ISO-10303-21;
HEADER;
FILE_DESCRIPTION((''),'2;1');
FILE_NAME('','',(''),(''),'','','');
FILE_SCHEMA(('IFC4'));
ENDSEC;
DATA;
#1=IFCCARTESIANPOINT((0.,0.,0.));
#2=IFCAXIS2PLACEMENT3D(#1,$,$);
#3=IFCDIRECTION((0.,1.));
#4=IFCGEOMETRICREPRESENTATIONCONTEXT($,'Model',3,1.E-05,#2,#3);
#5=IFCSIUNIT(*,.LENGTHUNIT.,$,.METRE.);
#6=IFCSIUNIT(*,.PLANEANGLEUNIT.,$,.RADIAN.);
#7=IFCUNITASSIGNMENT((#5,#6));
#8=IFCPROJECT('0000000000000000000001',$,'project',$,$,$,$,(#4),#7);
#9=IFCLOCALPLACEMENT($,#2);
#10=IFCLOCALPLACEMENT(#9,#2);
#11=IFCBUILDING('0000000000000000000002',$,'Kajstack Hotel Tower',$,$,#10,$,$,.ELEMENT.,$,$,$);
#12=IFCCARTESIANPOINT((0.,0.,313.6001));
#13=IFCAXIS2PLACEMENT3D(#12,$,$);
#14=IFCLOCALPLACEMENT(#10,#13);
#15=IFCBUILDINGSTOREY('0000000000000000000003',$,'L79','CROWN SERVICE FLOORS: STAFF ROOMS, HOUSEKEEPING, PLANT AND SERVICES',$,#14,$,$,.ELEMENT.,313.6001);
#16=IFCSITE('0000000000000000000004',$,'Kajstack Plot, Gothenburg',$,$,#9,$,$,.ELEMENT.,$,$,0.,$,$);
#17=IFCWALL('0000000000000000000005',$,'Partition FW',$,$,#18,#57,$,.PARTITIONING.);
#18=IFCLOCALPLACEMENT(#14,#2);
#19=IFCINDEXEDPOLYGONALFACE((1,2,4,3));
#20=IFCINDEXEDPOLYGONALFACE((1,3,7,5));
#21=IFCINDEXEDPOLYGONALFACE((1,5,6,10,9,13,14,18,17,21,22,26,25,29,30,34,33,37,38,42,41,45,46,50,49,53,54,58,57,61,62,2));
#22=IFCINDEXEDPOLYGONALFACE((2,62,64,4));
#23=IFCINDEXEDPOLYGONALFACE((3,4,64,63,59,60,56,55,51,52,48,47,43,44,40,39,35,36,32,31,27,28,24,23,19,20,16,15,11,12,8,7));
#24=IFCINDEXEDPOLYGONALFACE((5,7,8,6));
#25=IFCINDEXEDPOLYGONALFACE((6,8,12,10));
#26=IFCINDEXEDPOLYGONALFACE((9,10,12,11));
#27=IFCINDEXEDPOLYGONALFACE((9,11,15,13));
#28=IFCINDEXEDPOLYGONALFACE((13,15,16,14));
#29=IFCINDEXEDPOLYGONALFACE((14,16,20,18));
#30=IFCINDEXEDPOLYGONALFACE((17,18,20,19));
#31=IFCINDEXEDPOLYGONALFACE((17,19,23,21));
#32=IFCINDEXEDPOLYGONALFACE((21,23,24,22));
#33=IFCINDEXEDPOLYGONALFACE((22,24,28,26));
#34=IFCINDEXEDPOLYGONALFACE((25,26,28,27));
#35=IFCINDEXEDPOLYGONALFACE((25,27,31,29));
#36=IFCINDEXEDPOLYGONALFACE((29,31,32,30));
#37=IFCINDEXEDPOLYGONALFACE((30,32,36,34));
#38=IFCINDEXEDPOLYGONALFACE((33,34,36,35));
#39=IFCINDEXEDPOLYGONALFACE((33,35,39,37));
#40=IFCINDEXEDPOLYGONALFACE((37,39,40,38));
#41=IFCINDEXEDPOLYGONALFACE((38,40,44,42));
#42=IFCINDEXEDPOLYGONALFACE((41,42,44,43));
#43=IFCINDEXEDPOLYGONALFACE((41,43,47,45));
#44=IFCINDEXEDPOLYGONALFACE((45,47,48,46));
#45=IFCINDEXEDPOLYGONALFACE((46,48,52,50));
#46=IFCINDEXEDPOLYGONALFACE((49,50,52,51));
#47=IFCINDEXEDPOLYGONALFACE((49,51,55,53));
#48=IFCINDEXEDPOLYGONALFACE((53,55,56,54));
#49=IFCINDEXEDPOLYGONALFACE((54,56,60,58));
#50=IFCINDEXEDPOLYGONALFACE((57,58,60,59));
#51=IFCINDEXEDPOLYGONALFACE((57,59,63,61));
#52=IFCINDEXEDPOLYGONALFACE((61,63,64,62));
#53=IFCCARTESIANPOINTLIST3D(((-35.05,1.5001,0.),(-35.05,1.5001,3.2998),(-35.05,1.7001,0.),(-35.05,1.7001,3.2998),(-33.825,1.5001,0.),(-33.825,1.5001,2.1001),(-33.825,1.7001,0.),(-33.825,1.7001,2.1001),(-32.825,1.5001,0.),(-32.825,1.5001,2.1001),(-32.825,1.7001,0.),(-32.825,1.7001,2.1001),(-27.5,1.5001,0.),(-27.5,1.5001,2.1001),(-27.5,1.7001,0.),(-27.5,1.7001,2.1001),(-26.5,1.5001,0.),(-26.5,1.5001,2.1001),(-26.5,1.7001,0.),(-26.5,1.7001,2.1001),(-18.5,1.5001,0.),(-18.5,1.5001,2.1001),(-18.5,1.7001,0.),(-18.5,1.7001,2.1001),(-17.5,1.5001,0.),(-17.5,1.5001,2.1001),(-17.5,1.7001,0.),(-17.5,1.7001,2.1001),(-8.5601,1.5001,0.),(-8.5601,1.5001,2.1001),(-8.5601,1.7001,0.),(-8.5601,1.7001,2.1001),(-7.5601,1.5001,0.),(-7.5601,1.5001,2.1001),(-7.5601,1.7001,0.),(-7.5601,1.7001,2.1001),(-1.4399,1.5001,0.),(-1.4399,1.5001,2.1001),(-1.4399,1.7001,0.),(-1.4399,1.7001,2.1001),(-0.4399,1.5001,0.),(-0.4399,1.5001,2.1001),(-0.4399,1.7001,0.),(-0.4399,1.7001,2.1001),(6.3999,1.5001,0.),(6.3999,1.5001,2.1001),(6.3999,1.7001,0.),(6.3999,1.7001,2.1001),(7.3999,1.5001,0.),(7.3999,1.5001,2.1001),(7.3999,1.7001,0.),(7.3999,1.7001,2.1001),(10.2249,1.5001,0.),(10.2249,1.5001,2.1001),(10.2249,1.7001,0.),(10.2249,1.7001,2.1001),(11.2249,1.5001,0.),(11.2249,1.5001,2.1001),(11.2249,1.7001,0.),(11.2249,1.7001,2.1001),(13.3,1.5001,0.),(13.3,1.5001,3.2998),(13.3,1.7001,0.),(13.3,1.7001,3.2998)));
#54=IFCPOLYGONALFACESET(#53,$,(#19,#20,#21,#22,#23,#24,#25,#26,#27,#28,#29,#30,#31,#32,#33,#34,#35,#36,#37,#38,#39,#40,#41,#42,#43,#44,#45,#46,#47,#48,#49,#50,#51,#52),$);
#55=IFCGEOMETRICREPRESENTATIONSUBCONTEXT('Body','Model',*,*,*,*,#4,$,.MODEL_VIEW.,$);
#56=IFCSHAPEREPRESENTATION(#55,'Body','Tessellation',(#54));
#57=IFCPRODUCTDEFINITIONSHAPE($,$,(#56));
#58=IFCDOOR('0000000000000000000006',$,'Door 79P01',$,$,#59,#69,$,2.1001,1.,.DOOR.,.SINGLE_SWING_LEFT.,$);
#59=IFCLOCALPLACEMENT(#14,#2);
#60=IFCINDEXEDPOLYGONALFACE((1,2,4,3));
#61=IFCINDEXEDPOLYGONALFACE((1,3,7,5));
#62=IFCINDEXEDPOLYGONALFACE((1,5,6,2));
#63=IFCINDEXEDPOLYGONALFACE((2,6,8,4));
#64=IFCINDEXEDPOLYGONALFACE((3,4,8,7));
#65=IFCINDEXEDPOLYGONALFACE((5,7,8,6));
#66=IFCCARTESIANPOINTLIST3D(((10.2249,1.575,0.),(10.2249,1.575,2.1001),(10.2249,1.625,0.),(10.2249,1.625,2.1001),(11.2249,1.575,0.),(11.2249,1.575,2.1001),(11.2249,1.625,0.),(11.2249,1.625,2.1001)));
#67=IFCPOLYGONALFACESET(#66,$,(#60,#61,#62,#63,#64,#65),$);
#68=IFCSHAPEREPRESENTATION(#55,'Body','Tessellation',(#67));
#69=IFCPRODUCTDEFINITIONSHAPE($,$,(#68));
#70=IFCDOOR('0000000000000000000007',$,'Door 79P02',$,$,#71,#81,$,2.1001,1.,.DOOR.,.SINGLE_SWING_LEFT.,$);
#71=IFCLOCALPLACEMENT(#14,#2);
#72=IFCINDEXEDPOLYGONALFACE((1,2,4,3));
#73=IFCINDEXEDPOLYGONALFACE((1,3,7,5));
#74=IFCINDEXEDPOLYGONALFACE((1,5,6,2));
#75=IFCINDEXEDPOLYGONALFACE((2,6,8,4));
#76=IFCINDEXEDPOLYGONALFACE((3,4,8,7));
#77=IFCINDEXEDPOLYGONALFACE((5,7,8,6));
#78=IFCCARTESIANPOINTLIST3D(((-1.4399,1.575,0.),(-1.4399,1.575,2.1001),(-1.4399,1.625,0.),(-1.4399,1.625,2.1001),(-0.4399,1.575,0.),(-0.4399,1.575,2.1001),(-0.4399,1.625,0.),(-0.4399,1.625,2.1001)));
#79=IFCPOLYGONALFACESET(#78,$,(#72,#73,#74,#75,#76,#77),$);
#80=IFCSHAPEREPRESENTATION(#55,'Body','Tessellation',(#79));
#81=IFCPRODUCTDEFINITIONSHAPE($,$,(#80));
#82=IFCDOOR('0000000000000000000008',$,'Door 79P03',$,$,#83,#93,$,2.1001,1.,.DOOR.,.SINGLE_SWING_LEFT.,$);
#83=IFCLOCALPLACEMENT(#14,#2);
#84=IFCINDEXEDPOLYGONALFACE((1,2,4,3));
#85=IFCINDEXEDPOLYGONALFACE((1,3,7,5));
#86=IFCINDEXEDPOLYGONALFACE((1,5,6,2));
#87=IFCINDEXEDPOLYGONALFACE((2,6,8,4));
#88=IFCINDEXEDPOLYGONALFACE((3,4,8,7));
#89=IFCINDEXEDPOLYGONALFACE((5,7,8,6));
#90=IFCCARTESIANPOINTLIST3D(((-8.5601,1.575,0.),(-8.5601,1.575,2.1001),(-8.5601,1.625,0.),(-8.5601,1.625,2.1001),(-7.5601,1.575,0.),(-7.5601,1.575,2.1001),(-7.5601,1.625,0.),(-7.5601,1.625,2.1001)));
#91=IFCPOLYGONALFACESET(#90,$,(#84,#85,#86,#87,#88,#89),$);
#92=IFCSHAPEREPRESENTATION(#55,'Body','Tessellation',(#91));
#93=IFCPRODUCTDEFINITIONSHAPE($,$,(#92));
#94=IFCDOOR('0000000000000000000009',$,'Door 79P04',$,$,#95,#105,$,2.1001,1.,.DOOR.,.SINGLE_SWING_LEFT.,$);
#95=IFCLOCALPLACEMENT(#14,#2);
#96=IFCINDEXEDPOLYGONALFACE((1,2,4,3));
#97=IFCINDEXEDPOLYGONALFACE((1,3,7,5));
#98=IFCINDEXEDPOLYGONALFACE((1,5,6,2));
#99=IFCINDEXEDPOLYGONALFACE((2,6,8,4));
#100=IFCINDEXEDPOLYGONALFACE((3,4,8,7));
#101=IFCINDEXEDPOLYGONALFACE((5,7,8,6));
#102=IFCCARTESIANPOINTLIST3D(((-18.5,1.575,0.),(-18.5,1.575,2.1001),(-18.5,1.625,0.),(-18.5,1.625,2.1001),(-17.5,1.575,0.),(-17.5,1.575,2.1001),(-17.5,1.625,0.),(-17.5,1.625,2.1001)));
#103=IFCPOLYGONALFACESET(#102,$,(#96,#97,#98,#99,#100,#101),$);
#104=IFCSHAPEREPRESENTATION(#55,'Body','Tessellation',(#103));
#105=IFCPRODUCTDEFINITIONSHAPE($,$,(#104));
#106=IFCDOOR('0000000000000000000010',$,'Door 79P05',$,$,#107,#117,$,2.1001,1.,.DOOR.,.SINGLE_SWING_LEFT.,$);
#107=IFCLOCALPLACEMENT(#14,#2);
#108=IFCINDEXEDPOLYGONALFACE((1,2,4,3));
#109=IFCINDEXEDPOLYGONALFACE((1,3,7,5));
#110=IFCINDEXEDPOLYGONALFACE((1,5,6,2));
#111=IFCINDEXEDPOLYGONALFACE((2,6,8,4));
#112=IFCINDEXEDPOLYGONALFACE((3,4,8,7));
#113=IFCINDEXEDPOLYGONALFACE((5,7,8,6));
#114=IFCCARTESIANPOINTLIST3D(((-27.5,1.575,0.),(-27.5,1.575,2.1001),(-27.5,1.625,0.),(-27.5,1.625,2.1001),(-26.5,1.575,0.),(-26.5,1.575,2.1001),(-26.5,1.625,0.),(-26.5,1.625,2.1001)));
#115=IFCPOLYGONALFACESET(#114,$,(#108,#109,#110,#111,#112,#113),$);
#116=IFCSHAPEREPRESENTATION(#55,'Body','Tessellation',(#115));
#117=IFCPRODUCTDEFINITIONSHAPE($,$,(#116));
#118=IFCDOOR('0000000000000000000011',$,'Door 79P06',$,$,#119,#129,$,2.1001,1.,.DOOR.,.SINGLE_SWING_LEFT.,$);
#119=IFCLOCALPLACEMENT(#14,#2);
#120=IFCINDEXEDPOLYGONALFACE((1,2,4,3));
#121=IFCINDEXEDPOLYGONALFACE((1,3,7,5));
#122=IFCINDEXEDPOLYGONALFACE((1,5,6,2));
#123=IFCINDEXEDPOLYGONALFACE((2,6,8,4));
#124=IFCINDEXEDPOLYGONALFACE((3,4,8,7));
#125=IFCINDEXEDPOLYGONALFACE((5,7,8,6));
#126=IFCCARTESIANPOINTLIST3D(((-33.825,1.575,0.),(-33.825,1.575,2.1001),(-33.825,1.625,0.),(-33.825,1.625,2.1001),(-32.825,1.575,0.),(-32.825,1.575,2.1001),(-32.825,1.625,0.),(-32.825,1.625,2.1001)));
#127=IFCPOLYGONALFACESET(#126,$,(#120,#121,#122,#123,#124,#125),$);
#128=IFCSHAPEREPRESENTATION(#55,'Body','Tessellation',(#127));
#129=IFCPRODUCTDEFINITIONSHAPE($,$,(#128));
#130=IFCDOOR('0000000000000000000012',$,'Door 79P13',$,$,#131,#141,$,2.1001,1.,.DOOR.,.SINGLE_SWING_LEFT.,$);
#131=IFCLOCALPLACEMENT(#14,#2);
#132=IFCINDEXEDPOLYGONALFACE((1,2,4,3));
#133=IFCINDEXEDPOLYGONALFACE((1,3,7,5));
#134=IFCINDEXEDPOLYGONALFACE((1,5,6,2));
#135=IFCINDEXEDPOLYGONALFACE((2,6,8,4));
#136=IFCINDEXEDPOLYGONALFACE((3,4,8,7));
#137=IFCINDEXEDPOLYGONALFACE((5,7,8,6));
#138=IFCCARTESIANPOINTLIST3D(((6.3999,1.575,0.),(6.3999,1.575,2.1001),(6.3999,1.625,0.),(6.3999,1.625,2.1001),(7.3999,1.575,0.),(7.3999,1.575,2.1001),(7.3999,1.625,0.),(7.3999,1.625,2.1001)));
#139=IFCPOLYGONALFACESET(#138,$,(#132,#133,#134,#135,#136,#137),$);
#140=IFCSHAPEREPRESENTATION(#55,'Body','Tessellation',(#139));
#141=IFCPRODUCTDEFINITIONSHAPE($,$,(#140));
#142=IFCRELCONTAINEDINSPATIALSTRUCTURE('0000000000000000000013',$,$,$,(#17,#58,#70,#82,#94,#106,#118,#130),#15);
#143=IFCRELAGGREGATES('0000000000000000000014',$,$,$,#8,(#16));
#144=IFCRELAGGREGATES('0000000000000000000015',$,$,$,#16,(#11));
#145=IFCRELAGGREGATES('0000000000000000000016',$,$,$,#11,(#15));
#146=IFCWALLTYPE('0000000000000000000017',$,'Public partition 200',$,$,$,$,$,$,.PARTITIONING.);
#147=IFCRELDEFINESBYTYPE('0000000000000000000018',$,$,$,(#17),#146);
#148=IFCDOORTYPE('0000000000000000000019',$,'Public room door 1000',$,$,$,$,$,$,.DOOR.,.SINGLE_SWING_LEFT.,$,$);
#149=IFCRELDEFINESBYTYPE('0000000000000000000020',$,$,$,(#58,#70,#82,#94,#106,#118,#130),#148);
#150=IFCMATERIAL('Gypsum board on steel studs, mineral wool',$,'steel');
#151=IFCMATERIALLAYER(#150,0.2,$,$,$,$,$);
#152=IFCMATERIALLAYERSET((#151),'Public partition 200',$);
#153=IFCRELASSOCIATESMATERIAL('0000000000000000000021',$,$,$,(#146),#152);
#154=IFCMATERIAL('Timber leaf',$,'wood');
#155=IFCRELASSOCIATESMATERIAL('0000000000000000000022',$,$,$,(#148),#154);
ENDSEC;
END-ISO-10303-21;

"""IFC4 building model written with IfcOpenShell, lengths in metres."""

from ifc_helpers import new_model, si_unit, direction, frame, frame_2d, origin, place, context, subcontext, project, spatial, rectangle, extrude, material, layer, layer_set, type_object, element, fill, save


model = new_model("IFC4")

# Units and contexts
model_context = context("Model", 3, precision=1e-05, world=origin(), true_north=direction((0.0, 1.0)))
body_context = subcontext(model_context, "Body", "Model", "MODEL_VIEW")
ifc_project = project(units=[si_unit("LENGTHUNIT", "METRE"), si_unit("PLANEANGLEUNIT", "RADIAN")], contexts=[model_context])

# Site, building, storey
site_placement = place(None, origin())
site = spatial("IfcSite", under=ifc_project, at=site_placement, Name="Kajstack Plot, Gothenburg", CompositionType="ELEMENT", RefElevation=0.0)
building_placement = place(site_placement, origin())
building = spatial("IfcBuilding", under=site, at=building_placement, Name="Kajstack Hotel Tower", CompositionType="ELEMENT")
storey_placement = place(building_placement, frame((0.0, 0.0, 313.6001)))
storey = spatial("IfcBuildingStorey", under=building, at=storey_placement, Name="L79", Description="CROWN SERVICE FLOORS: STAFF ROOMS, HOUSEKEEPING, PLANT AND SERVICES", CompositionType="ELEMENT", Elevation=313.6001)

# Shared definitions
ifc_material_1 = material(Name="Gypsum board on steel studs, mineral wool", Category="steel")
ifc_layer_1 = layer(ifc_material_1, 0.2)
ifc_layer_set_1 = layer_set([ifc_layer_1], Name="Public partition 200")
wall_type_1 = type_object("IfcWallType", Name="Public partition 200", PredefinedType="PARTITIONING", material=ifc_layer_set_1)

# Wall, openings, doors
wall_1_placement = place(storey_placement, frame((-35.05, 1.6001, 0.0), z_axis=(0.0, 0.0, 1.0), x_axis=(1.0, 0.0, 0.0)))
wall_1 = element("IfcWall", 1, at=wall_1_placement, inside=storey, type_object=wall_type_1, Name="Partition FW", PredefinedType="PARTITIONING", context=body_context, shape_type="SweptSolid", body=[
    extrude(rectangle(XDim=48.3501, YDim=0.2, at=frame_2d((24.175, 0.0))), origin(), (0.0, 0.0, 1.0), 3.2998),
])
opening_1_placement = place(wall_1_placement, frame((45.2749, 0.0, 0.0)))
opening_1 = element("IfcOpeningElement", 2, at=opening_1_placement, cuts=wall_1, PredefinedType="OPENING", context=body_context, shape_type="SweptSolid", body=[
    extrude(rectangle(XDim=1.0, YDim=2.1001, at=frame_2d((0.5, 1.05))), frame((0.0, 0.1099, 0.0), z_axis=(0.0, -1.0, 0.0), x_axis=(1.0, 0.0, 0.0)), (0.0, 0.0, 1.0), 0.22),
])
opening_2_placement = place(wall_1_placement, frame((33.6101, 0.0, 0.0)))
opening_2 = element("IfcOpeningElement", 3, at=opening_2_placement, cuts=wall_1, PredefinedType="OPENING", context=body_context, shape_type="SweptSolid", body=[
    extrude(rectangle(XDim=1.0, YDim=2.1001, at=frame_2d((0.5, 1.05))), frame((0.0, 0.1099, 0.0), z_axis=(0.0, -1.0, 0.0), x_axis=(1.0, 0.0, 0.0)), (0.0, 0.0, 1.0), 0.22),
])
opening_3_placement = place(wall_1_placement, frame((26.49, 0.0, 0.0)))
opening_3 = element("IfcOpeningElement", 4, at=opening_3_placement, cuts=wall_1, PredefinedType="OPENING", context=body_context, shape_type="SweptSolid", body=[
    extrude(rectangle(XDim=1.0, YDim=2.1001, at=frame_2d((0.5, 1.05))), frame((0.0, 0.1099, 0.0), z_axis=(0.0, -1.0, 0.0), x_axis=(1.0, 0.0, 0.0)), (0.0, 0.0, 1.0), 0.22),
])
opening_4_placement = place(wall_1_placement, frame((16.55, 0.0, 0.0)))
opening_4 = element("IfcOpeningElement", 5, at=opening_4_placement, cuts=wall_1, PredefinedType="OPENING", context=body_context, shape_type="SweptSolid", body=[
    extrude(rectangle(XDim=1.0, YDim=2.1001, at=frame_2d((0.5, 1.05))), frame((0.0, 0.1099, 0.0), z_axis=(0.0, -1.0, 0.0), x_axis=(1.0, 0.0, 0.0)), (0.0, 0.0, 1.0), 0.22),
])
opening_5_placement = place(wall_1_placement, frame((7.55, 0.0, 0.0)))
opening_5 = element("IfcOpeningElement", 6, at=opening_5_placement, cuts=wall_1, PredefinedType="OPENING", context=body_context, shape_type="SweptSolid", body=[
    extrude(rectangle(XDim=1.0, YDim=2.1001, at=frame_2d((0.5, 1.05))), frame((0.0, 0.1099, 0.0), z_axis=(0.0, -1.0, 0.0), x_axis=(1.0, 0.0, 0.0)), (0.0, 0.0, 1.0), 0.22),
])
opening_6_placement = place(wall_1_placement, frame((1.2251, 0.0, 0.0)))
opening_6 = element("IfcOpeningElement", 7, at=opening_6_placement, cuts=wall_1, PredefinedType="OPENING", context=body_context, shape_type="SweptSolid", body=[
    extrude(rectangle(XDim=1.0, YDim=2.1001, at=frame_2d((0.5, 1.05))), frame((0.0, 0.1099, 0.0), z_axis=(0.0, -1.0, 0.0), x_axis=(1.0, 0.0, 0.0)), (0.0, 0.0, 1.0), 0.22),
])
opening_7_placement = place(wall_1_placement, frame((41.45, 0.0, 0.0)))
opening_7 = element("IfcOpeningElement", 8, at=opening_7_placement, cuts=wall_1, PredefinedType="OPENING", context=body_context, shape_type="SweptSolid", body=[
    extrude(rectangle(XDim=1.0, YDim=2.1001, at=frame_2d((0.5, 1.05))), frame((0.0, 0.1099, 0.0), z_axis=(0.0, -1.0, 0.0), x_axis=(1.0, 0.0, 0.0)), (0.0, 0.0, 1.0), 0.22),
])
ifc_material_2 = material(Name="Timber leaf", Category="wood")
door_type_1 = type_object("IfcDoorType", Name="Public room door 1000", OperationType="SINGLE_SWING_LEFT", PredefinedType="DOOR", material=ifc_material_2)
door_1_placement = place(opening_1_placement, origin())
door_1 = element("IfcDoor", 9, at=door_1_placement, inside=storey, type_object=door_type_1, Name="Door 79P01", OperationType="SINGLE_SWING_LEFT", OverallHeight=2.1001, OverallWidth=1.0, PredefinedType="DOOR", context=body_context, shape_type="SweptSolid", body=[
    extrude(rectangle(XDim=1.0, YDim=2.1001, at=frame_2d((0.5, 1.05))), frame((0.0, 0.0249, 0.0), z_axis=(0.0, -1.0, 0.0), x_axis=(1.0, 0.0, 0.0)), (0.0, 0.0, 1.0), 0.05),
])
fill(opening_1, door_1)
door_2_placement = place(opening_2_placement, origin())
door_2 = element("IfcDoor", 10, at=door_2_placement, inside=storey, type_object=door_type_1, Name="Door 79P02", OperationType="SINGLE_SWING_LEFT", OverallHeight=2.1001, OverallWidth=1.0, PredefinedType="DOOR", context=body_context, shape_type="SweptSolid", body=[
    extrude(rectangle(XDim=1.0, YDim=2.1001, at=frame_2d((0.5, 1.05))), frame((0.0, 0.0249, 0.0), z_axis=(0.0, -1.0, 0.0), x_axis=(1.0, 0.0, 0.0)), (0.0, 0.0, 1.0), 0.05),
])
fill(opening_2, door_2)
door_3_placement = place(opening_3_placement, origin())
door_3 = element("IfcDoor", 11, at=door_3_placement, inside=storey, type_object=door_type_1, Name="Door 79P03", OperationType="SINGLE_SWING_LEFT", OverallHeight=2.1001, OverallWidth=1.0, PredefinedType="DOOR", context=body_context, shape_type="SweptSolid", body=[
    extrude(rectangle(XDim=1.0, YDim=2.1001, at=frame_2d((0.5, 1.05))), frame((0.0, 0.0249, 0.0), z_axis=(0.0, -1.0, 0.0), x_axis=(1.0, 0.0, 0.0)), (0.0, 0.0, 1.0), 0.05),
])
fill(opening_3, door_3)
door_4_placement = place(opening_4_placement, origin())
door_4 = element("IfcDoor", 12, at=door_4_placement, inside=storey, type_object=door_type_1, Name="Door 79P04", OperationType="SINGLE_SWING_LEFT", OverallHeight=2.1001, OverallWidth=1.0, PredefinedType="DOOR", context=body_context, shape_type="SweptSolid", body=[
    extrude(rectangle(XDim=1.0, YDim=2.1001, at=frame_2d((0.5, 1.05))), frame((0.0, 0.0249, 0.0), z_axis=(0.0, -1.0, 0.0), x_axis=(1.0, 0.0, 0.0)), (0.0, 0.0, 1.0), 0.05),
])
fill(opening_4, door_4)
door_5_placement = place(opening_5_placement, origin())
door_5 = element("IfcDoor", 13, at=door_5_placement, inside=storey, type_object=door_type_1, Name="Door 79P05", OperationType="SINGLE_SWING_LEFT", OverallHeight=2.1001, OverallWidth=1.0, PredefinedType="DOOR", context=body_context, shape_type="SweptSolid", body=[
    extrude(rectangle(XDim=1.0, YDim=2.1001, at=frame_2d((0.5, 1.05))), frame((0.0, 0.0249, 0.0), z_axis=(0.0, -1.0, 0.0), x_axis=(1.0, 0.0, 0.0)), (0.0, 0.0, 1.0), 0.05),
])
fill(opening_5, door_5)
door_6_placement = place(opening_6_placement, origin())
door_6 = element("IfcDoor", 14, at=door_6_placement, inside=storey, type_object=door_type_1, Name="Door 79P06", OperationType="SINGLE_SWING_LEFT", OverallHeight=2.1001, OverallWidth=1.0, PredefinedType="DOOR", context=body_context, shape_type="SweptSolid", body=[
    extrude(rectangle(XDim=1.0, YDim=2.1001, at=frame_2d((0.5, 1.05))), frame((0.0, 0.0249, 0.0), z_axis=(0.0, -1.0, 0.0), x_axis=(1.0, 0.0, 0.0)), (0.0, 0.0, 1.0), 0.05),
])
fill(opening_6, door_6)
door_7_placement = place(opening_7_placement, origin())
door_7 = element("IfcDoor", 15, at=door_7_placement, inside=storey, type_object=door_type_1, Name="Door 79P13", OperationType="SINGLE_SWING_LEFT", OverallHeight=2.1001, OverallWidth=1.0, PredefinedType="DOOR", context=body_context, shape_type="SweptSolid", body=[
    extrude(rectangle(XDim=1.0, YDim=2.1001, at=frame_2d((0.5, 1.05))), frame((0.0, 0.0249, 0.0), z_axis=(0.0, -1.0, 0.0), x_axis=(1.0, 0.0, 0.0)), (0.0, 0.0, 1.0), 0.05),
])
fill(opening_7, door_7)

save(model, "model.ifc")
